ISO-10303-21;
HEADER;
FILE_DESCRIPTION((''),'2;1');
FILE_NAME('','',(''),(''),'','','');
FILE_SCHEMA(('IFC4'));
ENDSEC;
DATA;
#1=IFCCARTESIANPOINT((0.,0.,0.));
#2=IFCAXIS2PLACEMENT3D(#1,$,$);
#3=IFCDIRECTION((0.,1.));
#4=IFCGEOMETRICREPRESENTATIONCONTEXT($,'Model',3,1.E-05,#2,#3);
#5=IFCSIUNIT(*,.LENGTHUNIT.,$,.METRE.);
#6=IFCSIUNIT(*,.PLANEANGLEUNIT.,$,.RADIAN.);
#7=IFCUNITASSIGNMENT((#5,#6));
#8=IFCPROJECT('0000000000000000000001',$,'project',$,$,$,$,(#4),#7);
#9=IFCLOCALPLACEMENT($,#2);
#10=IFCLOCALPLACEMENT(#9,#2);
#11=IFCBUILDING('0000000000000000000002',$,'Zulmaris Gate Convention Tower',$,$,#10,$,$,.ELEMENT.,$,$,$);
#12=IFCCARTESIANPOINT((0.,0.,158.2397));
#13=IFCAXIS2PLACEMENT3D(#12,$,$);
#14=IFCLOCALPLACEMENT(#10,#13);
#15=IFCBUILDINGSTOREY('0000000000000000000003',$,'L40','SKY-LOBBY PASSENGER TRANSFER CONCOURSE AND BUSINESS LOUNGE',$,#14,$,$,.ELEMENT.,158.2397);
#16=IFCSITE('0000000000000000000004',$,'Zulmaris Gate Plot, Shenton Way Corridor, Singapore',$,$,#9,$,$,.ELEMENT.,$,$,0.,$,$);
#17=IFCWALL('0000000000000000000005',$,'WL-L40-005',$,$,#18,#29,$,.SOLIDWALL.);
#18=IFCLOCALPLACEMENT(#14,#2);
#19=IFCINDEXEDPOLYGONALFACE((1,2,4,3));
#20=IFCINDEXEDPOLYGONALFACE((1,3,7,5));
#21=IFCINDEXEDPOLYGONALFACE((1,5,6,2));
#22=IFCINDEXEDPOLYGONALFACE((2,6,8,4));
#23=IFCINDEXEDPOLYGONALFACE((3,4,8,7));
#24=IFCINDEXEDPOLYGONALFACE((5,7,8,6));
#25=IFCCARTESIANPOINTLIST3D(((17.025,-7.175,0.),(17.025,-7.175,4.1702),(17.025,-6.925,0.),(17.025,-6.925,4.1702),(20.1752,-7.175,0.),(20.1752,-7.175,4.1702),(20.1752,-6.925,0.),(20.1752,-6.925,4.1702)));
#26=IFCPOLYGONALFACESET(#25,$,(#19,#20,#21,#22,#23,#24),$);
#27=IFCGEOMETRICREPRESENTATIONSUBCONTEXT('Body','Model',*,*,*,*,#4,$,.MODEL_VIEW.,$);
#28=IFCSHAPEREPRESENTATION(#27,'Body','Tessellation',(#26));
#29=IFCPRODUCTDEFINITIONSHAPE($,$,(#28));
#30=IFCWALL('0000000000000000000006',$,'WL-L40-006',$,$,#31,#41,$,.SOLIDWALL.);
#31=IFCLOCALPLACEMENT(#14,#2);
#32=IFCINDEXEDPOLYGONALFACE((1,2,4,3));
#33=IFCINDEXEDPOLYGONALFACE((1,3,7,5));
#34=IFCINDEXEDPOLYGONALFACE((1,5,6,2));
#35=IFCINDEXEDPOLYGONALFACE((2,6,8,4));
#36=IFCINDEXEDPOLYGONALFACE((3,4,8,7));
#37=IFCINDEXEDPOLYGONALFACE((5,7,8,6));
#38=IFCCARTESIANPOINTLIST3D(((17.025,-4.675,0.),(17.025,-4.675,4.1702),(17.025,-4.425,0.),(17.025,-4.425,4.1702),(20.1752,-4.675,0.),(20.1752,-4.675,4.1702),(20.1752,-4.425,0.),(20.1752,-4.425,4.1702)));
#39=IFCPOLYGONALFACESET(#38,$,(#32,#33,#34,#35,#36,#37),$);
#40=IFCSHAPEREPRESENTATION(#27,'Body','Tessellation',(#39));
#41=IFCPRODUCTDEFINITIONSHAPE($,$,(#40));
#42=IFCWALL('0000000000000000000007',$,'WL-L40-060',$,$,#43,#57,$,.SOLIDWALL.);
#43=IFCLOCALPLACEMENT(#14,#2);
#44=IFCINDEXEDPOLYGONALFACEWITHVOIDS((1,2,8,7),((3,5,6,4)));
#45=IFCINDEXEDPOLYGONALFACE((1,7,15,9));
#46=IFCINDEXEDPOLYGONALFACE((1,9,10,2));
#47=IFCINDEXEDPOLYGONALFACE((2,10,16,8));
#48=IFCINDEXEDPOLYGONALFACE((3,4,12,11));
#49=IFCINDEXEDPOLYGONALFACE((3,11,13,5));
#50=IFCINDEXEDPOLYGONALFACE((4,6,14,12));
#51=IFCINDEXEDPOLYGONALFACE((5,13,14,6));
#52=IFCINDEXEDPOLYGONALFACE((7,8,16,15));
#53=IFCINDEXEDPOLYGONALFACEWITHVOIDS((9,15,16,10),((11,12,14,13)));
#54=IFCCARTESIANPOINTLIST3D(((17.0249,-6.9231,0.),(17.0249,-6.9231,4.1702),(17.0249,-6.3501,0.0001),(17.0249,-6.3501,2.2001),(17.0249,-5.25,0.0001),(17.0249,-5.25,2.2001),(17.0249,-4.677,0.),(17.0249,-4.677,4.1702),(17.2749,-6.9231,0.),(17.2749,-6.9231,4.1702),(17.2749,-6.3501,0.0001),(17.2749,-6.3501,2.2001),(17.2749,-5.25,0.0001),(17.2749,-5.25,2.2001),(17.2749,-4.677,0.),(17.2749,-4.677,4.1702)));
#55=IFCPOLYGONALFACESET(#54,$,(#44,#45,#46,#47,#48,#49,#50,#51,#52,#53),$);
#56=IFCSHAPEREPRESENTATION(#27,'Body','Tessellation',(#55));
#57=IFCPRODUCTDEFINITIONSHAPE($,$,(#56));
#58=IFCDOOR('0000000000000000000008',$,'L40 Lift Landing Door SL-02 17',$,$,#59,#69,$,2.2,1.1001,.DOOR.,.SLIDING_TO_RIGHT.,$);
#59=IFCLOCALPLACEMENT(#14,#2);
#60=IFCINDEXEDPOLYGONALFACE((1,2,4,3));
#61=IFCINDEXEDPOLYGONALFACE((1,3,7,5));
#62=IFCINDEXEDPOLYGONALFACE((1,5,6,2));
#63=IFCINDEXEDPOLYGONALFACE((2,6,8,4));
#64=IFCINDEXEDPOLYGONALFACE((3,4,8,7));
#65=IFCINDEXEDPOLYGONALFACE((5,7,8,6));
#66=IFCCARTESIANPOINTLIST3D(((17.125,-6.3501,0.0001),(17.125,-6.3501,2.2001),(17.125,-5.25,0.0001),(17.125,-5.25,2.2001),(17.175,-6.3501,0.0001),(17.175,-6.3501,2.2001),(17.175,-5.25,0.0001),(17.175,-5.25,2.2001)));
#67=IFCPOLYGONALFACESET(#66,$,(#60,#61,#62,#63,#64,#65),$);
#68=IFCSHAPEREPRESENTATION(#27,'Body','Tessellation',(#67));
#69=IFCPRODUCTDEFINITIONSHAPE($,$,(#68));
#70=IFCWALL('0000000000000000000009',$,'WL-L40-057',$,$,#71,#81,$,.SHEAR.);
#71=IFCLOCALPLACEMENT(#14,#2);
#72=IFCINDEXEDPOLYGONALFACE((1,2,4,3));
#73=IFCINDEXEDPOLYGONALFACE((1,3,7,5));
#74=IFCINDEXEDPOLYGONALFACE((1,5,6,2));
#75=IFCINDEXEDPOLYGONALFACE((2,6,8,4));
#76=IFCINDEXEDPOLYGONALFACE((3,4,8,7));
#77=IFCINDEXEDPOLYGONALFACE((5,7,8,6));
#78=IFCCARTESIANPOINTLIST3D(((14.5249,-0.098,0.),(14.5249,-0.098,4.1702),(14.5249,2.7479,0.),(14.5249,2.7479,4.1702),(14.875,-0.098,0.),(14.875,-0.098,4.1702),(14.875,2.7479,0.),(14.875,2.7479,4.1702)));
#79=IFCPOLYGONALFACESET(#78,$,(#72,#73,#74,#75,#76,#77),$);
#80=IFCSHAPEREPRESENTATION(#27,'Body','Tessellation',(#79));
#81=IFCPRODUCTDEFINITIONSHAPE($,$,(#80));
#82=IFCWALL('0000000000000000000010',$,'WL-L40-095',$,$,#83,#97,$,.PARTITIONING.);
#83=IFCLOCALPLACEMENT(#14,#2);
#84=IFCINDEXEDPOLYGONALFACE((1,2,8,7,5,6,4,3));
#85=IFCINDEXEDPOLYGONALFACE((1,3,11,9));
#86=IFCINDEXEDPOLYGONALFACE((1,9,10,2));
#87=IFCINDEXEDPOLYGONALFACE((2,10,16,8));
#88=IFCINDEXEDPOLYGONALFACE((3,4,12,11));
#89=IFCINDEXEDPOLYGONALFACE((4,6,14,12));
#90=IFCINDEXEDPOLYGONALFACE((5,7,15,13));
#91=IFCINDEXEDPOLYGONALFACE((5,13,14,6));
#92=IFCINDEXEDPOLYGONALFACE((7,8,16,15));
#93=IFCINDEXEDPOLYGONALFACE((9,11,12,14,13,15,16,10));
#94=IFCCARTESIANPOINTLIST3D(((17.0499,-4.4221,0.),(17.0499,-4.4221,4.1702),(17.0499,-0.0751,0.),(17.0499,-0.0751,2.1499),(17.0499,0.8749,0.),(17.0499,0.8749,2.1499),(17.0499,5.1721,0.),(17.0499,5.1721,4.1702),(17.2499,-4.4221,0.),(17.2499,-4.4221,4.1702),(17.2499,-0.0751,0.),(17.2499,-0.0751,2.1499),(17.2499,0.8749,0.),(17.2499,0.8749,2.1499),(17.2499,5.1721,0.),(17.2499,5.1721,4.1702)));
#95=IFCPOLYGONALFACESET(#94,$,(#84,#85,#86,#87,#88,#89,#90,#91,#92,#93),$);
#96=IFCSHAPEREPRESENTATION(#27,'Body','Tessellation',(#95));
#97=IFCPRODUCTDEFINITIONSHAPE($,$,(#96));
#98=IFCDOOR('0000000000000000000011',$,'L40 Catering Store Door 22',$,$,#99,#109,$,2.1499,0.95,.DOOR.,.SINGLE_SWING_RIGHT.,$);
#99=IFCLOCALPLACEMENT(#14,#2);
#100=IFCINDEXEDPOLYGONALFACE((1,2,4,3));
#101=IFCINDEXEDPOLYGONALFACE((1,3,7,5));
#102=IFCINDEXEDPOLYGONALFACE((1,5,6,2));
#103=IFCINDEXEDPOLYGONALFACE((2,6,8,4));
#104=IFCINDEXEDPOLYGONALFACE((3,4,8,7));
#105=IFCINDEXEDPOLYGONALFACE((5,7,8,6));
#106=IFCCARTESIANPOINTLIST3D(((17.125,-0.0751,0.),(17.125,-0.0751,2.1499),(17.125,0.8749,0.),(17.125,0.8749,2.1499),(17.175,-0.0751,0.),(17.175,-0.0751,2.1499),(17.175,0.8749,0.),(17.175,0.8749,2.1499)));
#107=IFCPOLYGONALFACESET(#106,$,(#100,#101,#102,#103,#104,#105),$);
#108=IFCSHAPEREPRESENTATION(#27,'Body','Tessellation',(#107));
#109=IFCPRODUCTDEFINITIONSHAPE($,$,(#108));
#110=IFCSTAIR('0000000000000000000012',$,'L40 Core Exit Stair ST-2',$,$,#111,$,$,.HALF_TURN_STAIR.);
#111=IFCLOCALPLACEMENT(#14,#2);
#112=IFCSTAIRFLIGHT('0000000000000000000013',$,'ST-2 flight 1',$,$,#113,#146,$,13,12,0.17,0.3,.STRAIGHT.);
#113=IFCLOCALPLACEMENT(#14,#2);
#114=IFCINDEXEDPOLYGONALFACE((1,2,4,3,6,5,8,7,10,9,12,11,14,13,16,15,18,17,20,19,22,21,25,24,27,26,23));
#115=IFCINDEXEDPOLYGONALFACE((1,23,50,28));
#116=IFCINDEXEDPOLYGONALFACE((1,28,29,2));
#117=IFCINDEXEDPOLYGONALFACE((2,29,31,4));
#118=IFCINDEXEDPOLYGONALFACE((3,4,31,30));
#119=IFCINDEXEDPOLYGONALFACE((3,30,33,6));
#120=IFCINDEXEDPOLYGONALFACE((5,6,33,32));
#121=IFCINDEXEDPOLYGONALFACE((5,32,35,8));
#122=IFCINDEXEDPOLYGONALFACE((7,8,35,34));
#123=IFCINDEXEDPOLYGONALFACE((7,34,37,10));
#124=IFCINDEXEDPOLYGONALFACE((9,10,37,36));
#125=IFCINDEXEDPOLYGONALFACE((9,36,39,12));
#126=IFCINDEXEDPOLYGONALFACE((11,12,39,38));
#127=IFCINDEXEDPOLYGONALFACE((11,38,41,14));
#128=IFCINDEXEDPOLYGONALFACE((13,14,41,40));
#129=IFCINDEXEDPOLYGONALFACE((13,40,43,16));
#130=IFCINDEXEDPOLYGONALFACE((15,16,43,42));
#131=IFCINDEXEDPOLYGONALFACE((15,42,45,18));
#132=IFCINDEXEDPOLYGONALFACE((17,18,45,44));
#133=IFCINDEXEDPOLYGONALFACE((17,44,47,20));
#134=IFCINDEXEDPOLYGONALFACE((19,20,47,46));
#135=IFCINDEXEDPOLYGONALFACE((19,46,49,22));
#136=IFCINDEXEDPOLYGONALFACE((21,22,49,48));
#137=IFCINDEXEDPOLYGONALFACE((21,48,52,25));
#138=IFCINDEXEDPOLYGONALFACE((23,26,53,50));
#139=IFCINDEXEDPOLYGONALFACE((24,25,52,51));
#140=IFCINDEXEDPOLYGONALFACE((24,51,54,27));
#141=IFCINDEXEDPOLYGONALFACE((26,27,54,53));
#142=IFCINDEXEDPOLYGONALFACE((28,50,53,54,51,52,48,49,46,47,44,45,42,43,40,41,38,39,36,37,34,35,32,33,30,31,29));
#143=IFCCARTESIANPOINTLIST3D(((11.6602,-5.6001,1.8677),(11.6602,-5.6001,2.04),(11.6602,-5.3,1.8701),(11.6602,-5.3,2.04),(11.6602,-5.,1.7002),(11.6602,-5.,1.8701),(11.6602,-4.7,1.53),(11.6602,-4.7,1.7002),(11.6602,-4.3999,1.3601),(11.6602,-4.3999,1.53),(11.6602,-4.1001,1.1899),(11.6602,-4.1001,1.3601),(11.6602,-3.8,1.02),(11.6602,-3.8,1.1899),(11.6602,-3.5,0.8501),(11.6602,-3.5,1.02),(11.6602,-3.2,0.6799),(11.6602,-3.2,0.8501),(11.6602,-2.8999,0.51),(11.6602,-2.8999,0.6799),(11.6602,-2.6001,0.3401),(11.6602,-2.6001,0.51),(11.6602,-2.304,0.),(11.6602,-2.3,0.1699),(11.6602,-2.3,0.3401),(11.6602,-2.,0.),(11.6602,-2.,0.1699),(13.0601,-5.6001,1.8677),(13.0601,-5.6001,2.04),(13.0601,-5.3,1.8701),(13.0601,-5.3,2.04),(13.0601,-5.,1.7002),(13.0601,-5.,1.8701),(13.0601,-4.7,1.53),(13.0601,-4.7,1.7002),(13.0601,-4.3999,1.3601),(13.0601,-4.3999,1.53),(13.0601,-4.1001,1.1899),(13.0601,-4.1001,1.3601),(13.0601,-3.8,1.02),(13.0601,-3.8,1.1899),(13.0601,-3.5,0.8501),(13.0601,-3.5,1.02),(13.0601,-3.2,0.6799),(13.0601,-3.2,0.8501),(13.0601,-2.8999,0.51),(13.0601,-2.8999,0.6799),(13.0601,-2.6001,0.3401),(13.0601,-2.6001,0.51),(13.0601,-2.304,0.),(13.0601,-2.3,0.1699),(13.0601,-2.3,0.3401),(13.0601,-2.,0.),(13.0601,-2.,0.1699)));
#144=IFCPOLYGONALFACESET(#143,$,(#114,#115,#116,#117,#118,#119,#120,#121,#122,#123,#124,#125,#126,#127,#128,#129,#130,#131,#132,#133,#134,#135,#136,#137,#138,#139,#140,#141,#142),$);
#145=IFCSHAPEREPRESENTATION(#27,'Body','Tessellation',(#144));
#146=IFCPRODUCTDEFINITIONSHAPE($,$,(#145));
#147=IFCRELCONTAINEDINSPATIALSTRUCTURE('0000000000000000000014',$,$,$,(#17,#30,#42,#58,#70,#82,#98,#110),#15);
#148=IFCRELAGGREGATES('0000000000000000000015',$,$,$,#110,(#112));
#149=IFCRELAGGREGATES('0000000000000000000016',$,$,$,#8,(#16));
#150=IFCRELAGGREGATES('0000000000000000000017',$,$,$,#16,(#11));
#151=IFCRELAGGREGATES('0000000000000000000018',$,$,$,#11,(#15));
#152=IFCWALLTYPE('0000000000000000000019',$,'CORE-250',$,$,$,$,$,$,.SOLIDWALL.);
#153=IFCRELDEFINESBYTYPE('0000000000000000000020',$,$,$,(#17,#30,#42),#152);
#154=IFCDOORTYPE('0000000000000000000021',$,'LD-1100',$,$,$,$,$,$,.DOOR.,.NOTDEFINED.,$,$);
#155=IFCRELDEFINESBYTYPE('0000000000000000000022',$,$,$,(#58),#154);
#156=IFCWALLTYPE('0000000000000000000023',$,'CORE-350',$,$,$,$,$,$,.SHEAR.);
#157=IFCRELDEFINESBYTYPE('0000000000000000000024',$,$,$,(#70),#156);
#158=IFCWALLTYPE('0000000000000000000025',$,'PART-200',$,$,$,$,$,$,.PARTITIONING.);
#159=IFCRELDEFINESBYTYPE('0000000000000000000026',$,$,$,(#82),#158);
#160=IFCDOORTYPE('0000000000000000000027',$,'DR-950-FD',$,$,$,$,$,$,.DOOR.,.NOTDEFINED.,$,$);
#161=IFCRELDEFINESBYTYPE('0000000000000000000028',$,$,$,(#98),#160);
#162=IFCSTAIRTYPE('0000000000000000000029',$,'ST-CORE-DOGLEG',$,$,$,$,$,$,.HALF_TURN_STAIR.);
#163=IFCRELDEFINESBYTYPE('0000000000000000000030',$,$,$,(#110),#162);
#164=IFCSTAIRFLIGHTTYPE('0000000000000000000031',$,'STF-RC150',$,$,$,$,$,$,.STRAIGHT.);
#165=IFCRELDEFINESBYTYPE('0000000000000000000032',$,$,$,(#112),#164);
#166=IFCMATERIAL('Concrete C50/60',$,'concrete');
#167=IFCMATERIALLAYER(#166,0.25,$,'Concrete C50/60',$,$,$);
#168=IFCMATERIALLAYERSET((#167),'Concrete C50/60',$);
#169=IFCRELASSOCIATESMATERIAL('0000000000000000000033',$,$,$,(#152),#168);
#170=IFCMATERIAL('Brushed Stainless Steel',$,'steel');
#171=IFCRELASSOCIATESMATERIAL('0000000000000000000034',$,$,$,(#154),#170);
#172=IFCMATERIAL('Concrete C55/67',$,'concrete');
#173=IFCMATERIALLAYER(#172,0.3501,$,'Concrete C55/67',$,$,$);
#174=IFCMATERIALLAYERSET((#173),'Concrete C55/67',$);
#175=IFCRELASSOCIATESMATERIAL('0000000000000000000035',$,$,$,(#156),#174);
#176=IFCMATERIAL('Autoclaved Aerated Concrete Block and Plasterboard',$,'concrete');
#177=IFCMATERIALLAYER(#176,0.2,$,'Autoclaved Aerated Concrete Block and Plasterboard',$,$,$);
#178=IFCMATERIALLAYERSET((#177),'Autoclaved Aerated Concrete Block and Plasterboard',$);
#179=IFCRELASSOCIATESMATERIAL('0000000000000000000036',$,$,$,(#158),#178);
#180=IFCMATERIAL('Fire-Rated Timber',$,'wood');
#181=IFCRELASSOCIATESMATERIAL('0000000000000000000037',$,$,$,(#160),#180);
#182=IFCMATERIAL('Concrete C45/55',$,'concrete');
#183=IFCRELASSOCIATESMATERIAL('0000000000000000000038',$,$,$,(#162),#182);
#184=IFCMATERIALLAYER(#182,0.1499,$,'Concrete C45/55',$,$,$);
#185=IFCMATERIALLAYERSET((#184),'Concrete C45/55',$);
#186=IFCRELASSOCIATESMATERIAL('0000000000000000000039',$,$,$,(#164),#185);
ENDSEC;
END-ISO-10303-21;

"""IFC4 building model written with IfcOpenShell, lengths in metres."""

from ifc_helpers import new_model, si_unit, direction, frame, frame_2d, origin, place, context, subcontext, project, spatial, polyline, rectangle, outline, extrude, material, layer, layer_set, type_object, element, fill, aggregate, save


model = new_model("IFC4")

# Units and contexts
model_context = context("Model", 3, precision=1e-05, world=origin(), true_north=direction((0.0, 1.0)))
body_context = subcontext(model_context, "Body", "Model", "MODEL_VIEW")
ifc_project = project(units=[si_unit("LENGTHUNIT", "METRE"), si_unit("PLANEANGLEUNIT", "RADIAN")], contexts=[model_context])

# Site, building, storey
site_placement = place(None, origin())
site = spatial("IfcSite", under=ifc_project, at=site_placement, Name="Zulmaris Gate Plot, Shenton Way Corridor, Singapore", CompositionType="ELEMENT", RefElevation=0.0)
building_placement = place(site_placement, origin())
building = spatial("IfcBuilding", under=site, at=building_placement, Name="Zulmaris Gate Convention Tower", CompositionType="ELEMENT")
storey_placement = place(building_placement, frame((0.0, 0.0, 158.2397)))
storey = spatial("IfcBuildingStorey", under=building, at=storey_placement, Name="L40", Description="SKY-LOBBY PASSENGER TRANSFER CONCOURSE AND BUSINESS LOUNGE", CompositionType="ELEMENT", Elevation=158.2397)

# Walls
ifc_material_1 = material(Name="Concrete C50/60", Category="concrete")
ifc_layer_1 = layer(ifc_material_1, 0.25, Name="Concrete C50/60")
ifc_layer_set_1 = layer_set([ifc_layer_1], Name="Concrete C50/60")
wall_type_1 = type_object("IfcWallType", Name="CORE-250", PredefinedType="SOLIDWALL", material=ifc_layer_set_1)
for number, where, z_axis, x_axis, name in (
    (1, (17.0249, -7.05, 0.0), (0.0, 0.0, 1.0), (1.0, 0.0, 0.0), "WL-L40-005"),
    (2, (17.0249, -4.55, 0.0), (0.0, 0.0, 1.0), (1.0, 0.0, 0.0), "WL-L40-006"),
):
    element("IfcWall", number, at=place(storey_placement, frame(where, z_axis=z_axis, x_axis=x_axis)), inside=storey, type_object=wall_type_1, Name=name, PredefinedType="SOLIDWALL", context=body_context, shape_type="SweptSolid", body=[
        extrude(rectangle(XDim=3.1501, YDim=0.25, at=frame_2d((1.5752, 0.0))), origin(), (0.0, 0.0, 1.0), 4.1702),
    ])

# Wall, opening, door
wall_1_placement = place(storey_placement, frame((17.1499, -6.9231, 0.0), z_axis=(0.0, 0.0, 1.0), x_axis=(0.0, 1.0, 0.0)))
wall_1 = element("IfcWall", 3, at=wall_1_placement, inside=storey, type_object=wall_type_1, Name="WL-L40-060", PredefinedType="SOLIDWALL", context=body_context, shape_type="SweptSolid", body=[
    extrude(rectangle(XDim=2.2461, YDim=0.25, at=frame_2d((1.123, 0.0))), origin(), (0.0, 0.0, 1.0), 4.1702),
])
opening_1_placement = place(wall_1_placement, frame((0.573, 0.0, 0.0)))
opening_1 = element("IfcOpeningElement", 4, at=opening_1_placement, cuts=wall_1, PredefinedType="OPENING", context=body_context, shape_type="SweptSolid", body=[
    extrude(rectangle(XDim=1.1001, YDim=2.2, at=frame_2d((0.55, 1.1001))), frame((0.0, 0.135, 0.0), z_axis=(0.0, -1.0, 0.0), x_axis=(1.0, 0.0, 0.0)), (0.0, 0.0, 1.0), 0.27),
])
ifc_material_2 = material(Name="Brushed Stainless Steel", Category="steel")
door_type_1 = type_object("IfcDoorType", Name="LD-1100", OperationType="NOTDEFINED", PredefinedType="DOOR", material=ifc_material_2)
door_1_placement = place(opening_1_placement, origin())
door_1 = element("IfcDoor", 5, at=door_1_placement, inside=storey, type_object=door_type_1, Name="L40 Lift Landing Door SL-02 17", OperationType="SLIDING_TO_RIGHT", OverallHeight=2.2, OverallWidth=1.1001, PredefinedType="DOOR", context=body_context, shape_type="SweptSolid", body=[
    extrude(rectangle(XDim=1.1001, YDim=2.2, at=frame_2d((0.55, 1.1001))), frame((0.0, 0.0249, 0.0), z_axis=(0.0, -1.0, 0.0), x_axis=(1.0, 0.0, 0.0)), (0.0, 0.0, 1.0), 0.05),
])
fill(opening_1, door_1)

# Wall
ifc_material_3 = material(Name="Concrete C55/67", Category="concrete")
ifc_layer_2 = layer(ifc_material_3, 0.3501, Name="Concrete C55/67")
ifc_layer_set_2 = layer_set([ifc_layer_2], Name="Concrete C55/67")
wall_type_2 = type_object("IfcWallType", Name="CORE-350", PredefinedType="SHEAR", material=ifc_layer_set_2)
wall_2_placement = place(storey_placement, frame((14.7, -0.0979, 0.0), z_axis=(0.0, 0.0, 1.0), x_axis=(0.0, 1.0, 0.0)))
element("IfcWall", 6, at=wall_2_placement, inside=storey, type_object=wall_type_2, Name="WL-L40-057", PredefinedType="SHEAR", context=body_context, shape_type="SweptSolid", body=[
    extrude(rectangle(XDim=2.8459, YDim=0.3501, at=frame_2d((1.4229, 0.0))), origin(), (0.0, 0.0, 1.0), 4.1702),
])

# Wall, opening, door
ifc_material_4 = material(Name="Autoclaved Aerated Concrete Block and Plasterboard", Category="concrete")
ifc_layer_3 = layer(ifc_material_4, 0.2, Name="Autoclaved Aerated Concrete Block and Plasterboard")
ifc_layer_set_3 = layer_set([ifc_layer_3], Name="Autoclaved Aerated Concrete Block and Plasterboard")
wall_type_3 = type_object("IfcWallType", Name="PART-200", PredefinedType="PARTITIONING", material=ifc_layer_set_3)
wall_3_placement = place(storey_placement, frame((17.1499, -4.4221, 0.0), z_axis=(0.0, 0.0, 1.0), x_axis=(0.0, 1.0, 0.0)))
wall_3 = element("IfcWall", 7, at=wall_3_placement, inside=storey, type_object=wall_type_3, Name="WL-L40-095", PredefinedType="PARTITIONING", context=body_context, shape_type="SweptSolid", body=[
    extrude(rectangle(XDim=9.5942, YDim=0.2, at=frame_2d((4.7971, 0.0))), origin(), (0.0, 0.0, 1.0), 4.1702),
])
opening_2_placement = place(wall_3_placement, frame((4.3469, 0.0, 0.0)))
opening_2 = element("IfcOpeningElement", 8, at=opening_2_placement, cuts=wall_3, PredefinedType="OPENING", context=body_context, shape_type="SweptSolid", body=[
    extrude(rectangle(XDim=0.95, YDim=2.1499, at=frame_2d((0.4751, 1.075))), frame((0.0, 0.1099, 0.0), z_axis=(0.0, -1.0, 0.0), x_axis=(1.0, 0.0, 0.0)), (0.0, 0.0, 1.0), 0.22),
])
ifc_material_5 = material(Name="Fire-Rated Timber", Category="wood")
door_type_2 = type_object("IfcDoorType", Name="DR-950-FD", OperationType="NOTDEFINED", PredefinedType="DOOR", material=ifc_material_5)
door_2_placement = place(opening_2_placement, origin())
door_2 = element("IfcDoor", 9, at=door_2_placement, inside=storey, type_object=door_type_2, Name="L40 Catering Store Door 22", OperationType="SINGLE_SWING_RIGHT", OverallHeight=2.1499, OverallWidth=0.95, PredefinedType="DOOR", context=body_context, shape_type="SweptSolid", body=[
    extrude(rectangle(XDim=0.95, YDim=2.1499, at=frame_2d((0.4751, 1.075))), frame((0.0, 0.0249, 0.0), z_axis=(0.0, -1.0, 0.0), x_axis=(1.0, 0.0, 0.0)), (0.0, 0.0, 1.0), 0.05),
])
fill(opening_2, door_2)

# Stair, stair flight
ifc_material_6 = material(Name="Concrete C45/55", Category="concrete")
stair_type = type_object("IfcStairType", Name="ST-CORE-DOGLEG", PredefinedType="HALF_TURN_STAIR", material=ifc_material_6)
stair_placement = place(storey_placement, origin())
stair = element("IfcStair", 10, at=stair_placement, inside=storey, type_object=stair_type, Name="L40 Core Exit Stair ST-2", PredefinedType="HALF_TURN_STAIR")
ifc_layer_4 = layer(ifc_material_6, 0.1499, Name="Concrete C45/55")
ifc_layer_set_4 = layer_set([ifc_layer_4], Name="Concrete C45/55")
stair_flight_type = type_object("IfcStairFlightType", Name="STF-RC150", PredefinedType="STRAIGHT", material=ifc_layer_set_4)
stair_flight_1_placement = place(storey_placement, frame((12.3601, -2.0, 0.0), z_axis=(0.0, 0.0, 1.0), x_axis=(0.0, -1.0, 0.0)))
stair_flight_1 = element("IfcStairFlight", 11, at=stair_flight_1_placement, type_object=stair_flight_type, Name="ST-2 flight 1", NumberOfRisers=13, NumberOfTreads=12, PredefinedType="STRAIGHT", RiserHeight=0.17, TreadLength=0.3, context=body_context, shape_type="SweptSolid", body=[
    extrude(outline(polyline([(0.0, 0.0), (0.0, 0.1699), (0.3, 0.1699), (0.3, 0.3401), (0.6001, 0.3401), (0.6001, 0.51), (0.8999, 0.51), (0.8999, 0.6799), (1.2, 0.6799), (1.2, 0.8501), (1.5, 0.8501), (1.5, 1.02), (1.8, 1.02), (1.8, 1.1899), (2.1001, 1.1899), (2.1001, 1.3601), (2.3999, 1.3601), (2.3999, 1.53), (2.7, 1.53), (2.7, 1.7002), (3.0, 1.7002), (3.0, 1.8701), (3.3, 1.8701), (3.3, 2.04), (3.6001, 2.04), (3.6001, 2.2102), (3.6001, 1.8677), (0.304, 0.0), (0.0, 0.0)])), frame((0.0, 0.7, 0.0), z_axis=(0.0, -1.0, 0.0), x_axis=(1.0, 0.0, 0.0)), (0.0, 0.0, 1.0), 1.3999),
])
aggregate(stair, [stair_flight_1])

save(model, "model.ifc")
